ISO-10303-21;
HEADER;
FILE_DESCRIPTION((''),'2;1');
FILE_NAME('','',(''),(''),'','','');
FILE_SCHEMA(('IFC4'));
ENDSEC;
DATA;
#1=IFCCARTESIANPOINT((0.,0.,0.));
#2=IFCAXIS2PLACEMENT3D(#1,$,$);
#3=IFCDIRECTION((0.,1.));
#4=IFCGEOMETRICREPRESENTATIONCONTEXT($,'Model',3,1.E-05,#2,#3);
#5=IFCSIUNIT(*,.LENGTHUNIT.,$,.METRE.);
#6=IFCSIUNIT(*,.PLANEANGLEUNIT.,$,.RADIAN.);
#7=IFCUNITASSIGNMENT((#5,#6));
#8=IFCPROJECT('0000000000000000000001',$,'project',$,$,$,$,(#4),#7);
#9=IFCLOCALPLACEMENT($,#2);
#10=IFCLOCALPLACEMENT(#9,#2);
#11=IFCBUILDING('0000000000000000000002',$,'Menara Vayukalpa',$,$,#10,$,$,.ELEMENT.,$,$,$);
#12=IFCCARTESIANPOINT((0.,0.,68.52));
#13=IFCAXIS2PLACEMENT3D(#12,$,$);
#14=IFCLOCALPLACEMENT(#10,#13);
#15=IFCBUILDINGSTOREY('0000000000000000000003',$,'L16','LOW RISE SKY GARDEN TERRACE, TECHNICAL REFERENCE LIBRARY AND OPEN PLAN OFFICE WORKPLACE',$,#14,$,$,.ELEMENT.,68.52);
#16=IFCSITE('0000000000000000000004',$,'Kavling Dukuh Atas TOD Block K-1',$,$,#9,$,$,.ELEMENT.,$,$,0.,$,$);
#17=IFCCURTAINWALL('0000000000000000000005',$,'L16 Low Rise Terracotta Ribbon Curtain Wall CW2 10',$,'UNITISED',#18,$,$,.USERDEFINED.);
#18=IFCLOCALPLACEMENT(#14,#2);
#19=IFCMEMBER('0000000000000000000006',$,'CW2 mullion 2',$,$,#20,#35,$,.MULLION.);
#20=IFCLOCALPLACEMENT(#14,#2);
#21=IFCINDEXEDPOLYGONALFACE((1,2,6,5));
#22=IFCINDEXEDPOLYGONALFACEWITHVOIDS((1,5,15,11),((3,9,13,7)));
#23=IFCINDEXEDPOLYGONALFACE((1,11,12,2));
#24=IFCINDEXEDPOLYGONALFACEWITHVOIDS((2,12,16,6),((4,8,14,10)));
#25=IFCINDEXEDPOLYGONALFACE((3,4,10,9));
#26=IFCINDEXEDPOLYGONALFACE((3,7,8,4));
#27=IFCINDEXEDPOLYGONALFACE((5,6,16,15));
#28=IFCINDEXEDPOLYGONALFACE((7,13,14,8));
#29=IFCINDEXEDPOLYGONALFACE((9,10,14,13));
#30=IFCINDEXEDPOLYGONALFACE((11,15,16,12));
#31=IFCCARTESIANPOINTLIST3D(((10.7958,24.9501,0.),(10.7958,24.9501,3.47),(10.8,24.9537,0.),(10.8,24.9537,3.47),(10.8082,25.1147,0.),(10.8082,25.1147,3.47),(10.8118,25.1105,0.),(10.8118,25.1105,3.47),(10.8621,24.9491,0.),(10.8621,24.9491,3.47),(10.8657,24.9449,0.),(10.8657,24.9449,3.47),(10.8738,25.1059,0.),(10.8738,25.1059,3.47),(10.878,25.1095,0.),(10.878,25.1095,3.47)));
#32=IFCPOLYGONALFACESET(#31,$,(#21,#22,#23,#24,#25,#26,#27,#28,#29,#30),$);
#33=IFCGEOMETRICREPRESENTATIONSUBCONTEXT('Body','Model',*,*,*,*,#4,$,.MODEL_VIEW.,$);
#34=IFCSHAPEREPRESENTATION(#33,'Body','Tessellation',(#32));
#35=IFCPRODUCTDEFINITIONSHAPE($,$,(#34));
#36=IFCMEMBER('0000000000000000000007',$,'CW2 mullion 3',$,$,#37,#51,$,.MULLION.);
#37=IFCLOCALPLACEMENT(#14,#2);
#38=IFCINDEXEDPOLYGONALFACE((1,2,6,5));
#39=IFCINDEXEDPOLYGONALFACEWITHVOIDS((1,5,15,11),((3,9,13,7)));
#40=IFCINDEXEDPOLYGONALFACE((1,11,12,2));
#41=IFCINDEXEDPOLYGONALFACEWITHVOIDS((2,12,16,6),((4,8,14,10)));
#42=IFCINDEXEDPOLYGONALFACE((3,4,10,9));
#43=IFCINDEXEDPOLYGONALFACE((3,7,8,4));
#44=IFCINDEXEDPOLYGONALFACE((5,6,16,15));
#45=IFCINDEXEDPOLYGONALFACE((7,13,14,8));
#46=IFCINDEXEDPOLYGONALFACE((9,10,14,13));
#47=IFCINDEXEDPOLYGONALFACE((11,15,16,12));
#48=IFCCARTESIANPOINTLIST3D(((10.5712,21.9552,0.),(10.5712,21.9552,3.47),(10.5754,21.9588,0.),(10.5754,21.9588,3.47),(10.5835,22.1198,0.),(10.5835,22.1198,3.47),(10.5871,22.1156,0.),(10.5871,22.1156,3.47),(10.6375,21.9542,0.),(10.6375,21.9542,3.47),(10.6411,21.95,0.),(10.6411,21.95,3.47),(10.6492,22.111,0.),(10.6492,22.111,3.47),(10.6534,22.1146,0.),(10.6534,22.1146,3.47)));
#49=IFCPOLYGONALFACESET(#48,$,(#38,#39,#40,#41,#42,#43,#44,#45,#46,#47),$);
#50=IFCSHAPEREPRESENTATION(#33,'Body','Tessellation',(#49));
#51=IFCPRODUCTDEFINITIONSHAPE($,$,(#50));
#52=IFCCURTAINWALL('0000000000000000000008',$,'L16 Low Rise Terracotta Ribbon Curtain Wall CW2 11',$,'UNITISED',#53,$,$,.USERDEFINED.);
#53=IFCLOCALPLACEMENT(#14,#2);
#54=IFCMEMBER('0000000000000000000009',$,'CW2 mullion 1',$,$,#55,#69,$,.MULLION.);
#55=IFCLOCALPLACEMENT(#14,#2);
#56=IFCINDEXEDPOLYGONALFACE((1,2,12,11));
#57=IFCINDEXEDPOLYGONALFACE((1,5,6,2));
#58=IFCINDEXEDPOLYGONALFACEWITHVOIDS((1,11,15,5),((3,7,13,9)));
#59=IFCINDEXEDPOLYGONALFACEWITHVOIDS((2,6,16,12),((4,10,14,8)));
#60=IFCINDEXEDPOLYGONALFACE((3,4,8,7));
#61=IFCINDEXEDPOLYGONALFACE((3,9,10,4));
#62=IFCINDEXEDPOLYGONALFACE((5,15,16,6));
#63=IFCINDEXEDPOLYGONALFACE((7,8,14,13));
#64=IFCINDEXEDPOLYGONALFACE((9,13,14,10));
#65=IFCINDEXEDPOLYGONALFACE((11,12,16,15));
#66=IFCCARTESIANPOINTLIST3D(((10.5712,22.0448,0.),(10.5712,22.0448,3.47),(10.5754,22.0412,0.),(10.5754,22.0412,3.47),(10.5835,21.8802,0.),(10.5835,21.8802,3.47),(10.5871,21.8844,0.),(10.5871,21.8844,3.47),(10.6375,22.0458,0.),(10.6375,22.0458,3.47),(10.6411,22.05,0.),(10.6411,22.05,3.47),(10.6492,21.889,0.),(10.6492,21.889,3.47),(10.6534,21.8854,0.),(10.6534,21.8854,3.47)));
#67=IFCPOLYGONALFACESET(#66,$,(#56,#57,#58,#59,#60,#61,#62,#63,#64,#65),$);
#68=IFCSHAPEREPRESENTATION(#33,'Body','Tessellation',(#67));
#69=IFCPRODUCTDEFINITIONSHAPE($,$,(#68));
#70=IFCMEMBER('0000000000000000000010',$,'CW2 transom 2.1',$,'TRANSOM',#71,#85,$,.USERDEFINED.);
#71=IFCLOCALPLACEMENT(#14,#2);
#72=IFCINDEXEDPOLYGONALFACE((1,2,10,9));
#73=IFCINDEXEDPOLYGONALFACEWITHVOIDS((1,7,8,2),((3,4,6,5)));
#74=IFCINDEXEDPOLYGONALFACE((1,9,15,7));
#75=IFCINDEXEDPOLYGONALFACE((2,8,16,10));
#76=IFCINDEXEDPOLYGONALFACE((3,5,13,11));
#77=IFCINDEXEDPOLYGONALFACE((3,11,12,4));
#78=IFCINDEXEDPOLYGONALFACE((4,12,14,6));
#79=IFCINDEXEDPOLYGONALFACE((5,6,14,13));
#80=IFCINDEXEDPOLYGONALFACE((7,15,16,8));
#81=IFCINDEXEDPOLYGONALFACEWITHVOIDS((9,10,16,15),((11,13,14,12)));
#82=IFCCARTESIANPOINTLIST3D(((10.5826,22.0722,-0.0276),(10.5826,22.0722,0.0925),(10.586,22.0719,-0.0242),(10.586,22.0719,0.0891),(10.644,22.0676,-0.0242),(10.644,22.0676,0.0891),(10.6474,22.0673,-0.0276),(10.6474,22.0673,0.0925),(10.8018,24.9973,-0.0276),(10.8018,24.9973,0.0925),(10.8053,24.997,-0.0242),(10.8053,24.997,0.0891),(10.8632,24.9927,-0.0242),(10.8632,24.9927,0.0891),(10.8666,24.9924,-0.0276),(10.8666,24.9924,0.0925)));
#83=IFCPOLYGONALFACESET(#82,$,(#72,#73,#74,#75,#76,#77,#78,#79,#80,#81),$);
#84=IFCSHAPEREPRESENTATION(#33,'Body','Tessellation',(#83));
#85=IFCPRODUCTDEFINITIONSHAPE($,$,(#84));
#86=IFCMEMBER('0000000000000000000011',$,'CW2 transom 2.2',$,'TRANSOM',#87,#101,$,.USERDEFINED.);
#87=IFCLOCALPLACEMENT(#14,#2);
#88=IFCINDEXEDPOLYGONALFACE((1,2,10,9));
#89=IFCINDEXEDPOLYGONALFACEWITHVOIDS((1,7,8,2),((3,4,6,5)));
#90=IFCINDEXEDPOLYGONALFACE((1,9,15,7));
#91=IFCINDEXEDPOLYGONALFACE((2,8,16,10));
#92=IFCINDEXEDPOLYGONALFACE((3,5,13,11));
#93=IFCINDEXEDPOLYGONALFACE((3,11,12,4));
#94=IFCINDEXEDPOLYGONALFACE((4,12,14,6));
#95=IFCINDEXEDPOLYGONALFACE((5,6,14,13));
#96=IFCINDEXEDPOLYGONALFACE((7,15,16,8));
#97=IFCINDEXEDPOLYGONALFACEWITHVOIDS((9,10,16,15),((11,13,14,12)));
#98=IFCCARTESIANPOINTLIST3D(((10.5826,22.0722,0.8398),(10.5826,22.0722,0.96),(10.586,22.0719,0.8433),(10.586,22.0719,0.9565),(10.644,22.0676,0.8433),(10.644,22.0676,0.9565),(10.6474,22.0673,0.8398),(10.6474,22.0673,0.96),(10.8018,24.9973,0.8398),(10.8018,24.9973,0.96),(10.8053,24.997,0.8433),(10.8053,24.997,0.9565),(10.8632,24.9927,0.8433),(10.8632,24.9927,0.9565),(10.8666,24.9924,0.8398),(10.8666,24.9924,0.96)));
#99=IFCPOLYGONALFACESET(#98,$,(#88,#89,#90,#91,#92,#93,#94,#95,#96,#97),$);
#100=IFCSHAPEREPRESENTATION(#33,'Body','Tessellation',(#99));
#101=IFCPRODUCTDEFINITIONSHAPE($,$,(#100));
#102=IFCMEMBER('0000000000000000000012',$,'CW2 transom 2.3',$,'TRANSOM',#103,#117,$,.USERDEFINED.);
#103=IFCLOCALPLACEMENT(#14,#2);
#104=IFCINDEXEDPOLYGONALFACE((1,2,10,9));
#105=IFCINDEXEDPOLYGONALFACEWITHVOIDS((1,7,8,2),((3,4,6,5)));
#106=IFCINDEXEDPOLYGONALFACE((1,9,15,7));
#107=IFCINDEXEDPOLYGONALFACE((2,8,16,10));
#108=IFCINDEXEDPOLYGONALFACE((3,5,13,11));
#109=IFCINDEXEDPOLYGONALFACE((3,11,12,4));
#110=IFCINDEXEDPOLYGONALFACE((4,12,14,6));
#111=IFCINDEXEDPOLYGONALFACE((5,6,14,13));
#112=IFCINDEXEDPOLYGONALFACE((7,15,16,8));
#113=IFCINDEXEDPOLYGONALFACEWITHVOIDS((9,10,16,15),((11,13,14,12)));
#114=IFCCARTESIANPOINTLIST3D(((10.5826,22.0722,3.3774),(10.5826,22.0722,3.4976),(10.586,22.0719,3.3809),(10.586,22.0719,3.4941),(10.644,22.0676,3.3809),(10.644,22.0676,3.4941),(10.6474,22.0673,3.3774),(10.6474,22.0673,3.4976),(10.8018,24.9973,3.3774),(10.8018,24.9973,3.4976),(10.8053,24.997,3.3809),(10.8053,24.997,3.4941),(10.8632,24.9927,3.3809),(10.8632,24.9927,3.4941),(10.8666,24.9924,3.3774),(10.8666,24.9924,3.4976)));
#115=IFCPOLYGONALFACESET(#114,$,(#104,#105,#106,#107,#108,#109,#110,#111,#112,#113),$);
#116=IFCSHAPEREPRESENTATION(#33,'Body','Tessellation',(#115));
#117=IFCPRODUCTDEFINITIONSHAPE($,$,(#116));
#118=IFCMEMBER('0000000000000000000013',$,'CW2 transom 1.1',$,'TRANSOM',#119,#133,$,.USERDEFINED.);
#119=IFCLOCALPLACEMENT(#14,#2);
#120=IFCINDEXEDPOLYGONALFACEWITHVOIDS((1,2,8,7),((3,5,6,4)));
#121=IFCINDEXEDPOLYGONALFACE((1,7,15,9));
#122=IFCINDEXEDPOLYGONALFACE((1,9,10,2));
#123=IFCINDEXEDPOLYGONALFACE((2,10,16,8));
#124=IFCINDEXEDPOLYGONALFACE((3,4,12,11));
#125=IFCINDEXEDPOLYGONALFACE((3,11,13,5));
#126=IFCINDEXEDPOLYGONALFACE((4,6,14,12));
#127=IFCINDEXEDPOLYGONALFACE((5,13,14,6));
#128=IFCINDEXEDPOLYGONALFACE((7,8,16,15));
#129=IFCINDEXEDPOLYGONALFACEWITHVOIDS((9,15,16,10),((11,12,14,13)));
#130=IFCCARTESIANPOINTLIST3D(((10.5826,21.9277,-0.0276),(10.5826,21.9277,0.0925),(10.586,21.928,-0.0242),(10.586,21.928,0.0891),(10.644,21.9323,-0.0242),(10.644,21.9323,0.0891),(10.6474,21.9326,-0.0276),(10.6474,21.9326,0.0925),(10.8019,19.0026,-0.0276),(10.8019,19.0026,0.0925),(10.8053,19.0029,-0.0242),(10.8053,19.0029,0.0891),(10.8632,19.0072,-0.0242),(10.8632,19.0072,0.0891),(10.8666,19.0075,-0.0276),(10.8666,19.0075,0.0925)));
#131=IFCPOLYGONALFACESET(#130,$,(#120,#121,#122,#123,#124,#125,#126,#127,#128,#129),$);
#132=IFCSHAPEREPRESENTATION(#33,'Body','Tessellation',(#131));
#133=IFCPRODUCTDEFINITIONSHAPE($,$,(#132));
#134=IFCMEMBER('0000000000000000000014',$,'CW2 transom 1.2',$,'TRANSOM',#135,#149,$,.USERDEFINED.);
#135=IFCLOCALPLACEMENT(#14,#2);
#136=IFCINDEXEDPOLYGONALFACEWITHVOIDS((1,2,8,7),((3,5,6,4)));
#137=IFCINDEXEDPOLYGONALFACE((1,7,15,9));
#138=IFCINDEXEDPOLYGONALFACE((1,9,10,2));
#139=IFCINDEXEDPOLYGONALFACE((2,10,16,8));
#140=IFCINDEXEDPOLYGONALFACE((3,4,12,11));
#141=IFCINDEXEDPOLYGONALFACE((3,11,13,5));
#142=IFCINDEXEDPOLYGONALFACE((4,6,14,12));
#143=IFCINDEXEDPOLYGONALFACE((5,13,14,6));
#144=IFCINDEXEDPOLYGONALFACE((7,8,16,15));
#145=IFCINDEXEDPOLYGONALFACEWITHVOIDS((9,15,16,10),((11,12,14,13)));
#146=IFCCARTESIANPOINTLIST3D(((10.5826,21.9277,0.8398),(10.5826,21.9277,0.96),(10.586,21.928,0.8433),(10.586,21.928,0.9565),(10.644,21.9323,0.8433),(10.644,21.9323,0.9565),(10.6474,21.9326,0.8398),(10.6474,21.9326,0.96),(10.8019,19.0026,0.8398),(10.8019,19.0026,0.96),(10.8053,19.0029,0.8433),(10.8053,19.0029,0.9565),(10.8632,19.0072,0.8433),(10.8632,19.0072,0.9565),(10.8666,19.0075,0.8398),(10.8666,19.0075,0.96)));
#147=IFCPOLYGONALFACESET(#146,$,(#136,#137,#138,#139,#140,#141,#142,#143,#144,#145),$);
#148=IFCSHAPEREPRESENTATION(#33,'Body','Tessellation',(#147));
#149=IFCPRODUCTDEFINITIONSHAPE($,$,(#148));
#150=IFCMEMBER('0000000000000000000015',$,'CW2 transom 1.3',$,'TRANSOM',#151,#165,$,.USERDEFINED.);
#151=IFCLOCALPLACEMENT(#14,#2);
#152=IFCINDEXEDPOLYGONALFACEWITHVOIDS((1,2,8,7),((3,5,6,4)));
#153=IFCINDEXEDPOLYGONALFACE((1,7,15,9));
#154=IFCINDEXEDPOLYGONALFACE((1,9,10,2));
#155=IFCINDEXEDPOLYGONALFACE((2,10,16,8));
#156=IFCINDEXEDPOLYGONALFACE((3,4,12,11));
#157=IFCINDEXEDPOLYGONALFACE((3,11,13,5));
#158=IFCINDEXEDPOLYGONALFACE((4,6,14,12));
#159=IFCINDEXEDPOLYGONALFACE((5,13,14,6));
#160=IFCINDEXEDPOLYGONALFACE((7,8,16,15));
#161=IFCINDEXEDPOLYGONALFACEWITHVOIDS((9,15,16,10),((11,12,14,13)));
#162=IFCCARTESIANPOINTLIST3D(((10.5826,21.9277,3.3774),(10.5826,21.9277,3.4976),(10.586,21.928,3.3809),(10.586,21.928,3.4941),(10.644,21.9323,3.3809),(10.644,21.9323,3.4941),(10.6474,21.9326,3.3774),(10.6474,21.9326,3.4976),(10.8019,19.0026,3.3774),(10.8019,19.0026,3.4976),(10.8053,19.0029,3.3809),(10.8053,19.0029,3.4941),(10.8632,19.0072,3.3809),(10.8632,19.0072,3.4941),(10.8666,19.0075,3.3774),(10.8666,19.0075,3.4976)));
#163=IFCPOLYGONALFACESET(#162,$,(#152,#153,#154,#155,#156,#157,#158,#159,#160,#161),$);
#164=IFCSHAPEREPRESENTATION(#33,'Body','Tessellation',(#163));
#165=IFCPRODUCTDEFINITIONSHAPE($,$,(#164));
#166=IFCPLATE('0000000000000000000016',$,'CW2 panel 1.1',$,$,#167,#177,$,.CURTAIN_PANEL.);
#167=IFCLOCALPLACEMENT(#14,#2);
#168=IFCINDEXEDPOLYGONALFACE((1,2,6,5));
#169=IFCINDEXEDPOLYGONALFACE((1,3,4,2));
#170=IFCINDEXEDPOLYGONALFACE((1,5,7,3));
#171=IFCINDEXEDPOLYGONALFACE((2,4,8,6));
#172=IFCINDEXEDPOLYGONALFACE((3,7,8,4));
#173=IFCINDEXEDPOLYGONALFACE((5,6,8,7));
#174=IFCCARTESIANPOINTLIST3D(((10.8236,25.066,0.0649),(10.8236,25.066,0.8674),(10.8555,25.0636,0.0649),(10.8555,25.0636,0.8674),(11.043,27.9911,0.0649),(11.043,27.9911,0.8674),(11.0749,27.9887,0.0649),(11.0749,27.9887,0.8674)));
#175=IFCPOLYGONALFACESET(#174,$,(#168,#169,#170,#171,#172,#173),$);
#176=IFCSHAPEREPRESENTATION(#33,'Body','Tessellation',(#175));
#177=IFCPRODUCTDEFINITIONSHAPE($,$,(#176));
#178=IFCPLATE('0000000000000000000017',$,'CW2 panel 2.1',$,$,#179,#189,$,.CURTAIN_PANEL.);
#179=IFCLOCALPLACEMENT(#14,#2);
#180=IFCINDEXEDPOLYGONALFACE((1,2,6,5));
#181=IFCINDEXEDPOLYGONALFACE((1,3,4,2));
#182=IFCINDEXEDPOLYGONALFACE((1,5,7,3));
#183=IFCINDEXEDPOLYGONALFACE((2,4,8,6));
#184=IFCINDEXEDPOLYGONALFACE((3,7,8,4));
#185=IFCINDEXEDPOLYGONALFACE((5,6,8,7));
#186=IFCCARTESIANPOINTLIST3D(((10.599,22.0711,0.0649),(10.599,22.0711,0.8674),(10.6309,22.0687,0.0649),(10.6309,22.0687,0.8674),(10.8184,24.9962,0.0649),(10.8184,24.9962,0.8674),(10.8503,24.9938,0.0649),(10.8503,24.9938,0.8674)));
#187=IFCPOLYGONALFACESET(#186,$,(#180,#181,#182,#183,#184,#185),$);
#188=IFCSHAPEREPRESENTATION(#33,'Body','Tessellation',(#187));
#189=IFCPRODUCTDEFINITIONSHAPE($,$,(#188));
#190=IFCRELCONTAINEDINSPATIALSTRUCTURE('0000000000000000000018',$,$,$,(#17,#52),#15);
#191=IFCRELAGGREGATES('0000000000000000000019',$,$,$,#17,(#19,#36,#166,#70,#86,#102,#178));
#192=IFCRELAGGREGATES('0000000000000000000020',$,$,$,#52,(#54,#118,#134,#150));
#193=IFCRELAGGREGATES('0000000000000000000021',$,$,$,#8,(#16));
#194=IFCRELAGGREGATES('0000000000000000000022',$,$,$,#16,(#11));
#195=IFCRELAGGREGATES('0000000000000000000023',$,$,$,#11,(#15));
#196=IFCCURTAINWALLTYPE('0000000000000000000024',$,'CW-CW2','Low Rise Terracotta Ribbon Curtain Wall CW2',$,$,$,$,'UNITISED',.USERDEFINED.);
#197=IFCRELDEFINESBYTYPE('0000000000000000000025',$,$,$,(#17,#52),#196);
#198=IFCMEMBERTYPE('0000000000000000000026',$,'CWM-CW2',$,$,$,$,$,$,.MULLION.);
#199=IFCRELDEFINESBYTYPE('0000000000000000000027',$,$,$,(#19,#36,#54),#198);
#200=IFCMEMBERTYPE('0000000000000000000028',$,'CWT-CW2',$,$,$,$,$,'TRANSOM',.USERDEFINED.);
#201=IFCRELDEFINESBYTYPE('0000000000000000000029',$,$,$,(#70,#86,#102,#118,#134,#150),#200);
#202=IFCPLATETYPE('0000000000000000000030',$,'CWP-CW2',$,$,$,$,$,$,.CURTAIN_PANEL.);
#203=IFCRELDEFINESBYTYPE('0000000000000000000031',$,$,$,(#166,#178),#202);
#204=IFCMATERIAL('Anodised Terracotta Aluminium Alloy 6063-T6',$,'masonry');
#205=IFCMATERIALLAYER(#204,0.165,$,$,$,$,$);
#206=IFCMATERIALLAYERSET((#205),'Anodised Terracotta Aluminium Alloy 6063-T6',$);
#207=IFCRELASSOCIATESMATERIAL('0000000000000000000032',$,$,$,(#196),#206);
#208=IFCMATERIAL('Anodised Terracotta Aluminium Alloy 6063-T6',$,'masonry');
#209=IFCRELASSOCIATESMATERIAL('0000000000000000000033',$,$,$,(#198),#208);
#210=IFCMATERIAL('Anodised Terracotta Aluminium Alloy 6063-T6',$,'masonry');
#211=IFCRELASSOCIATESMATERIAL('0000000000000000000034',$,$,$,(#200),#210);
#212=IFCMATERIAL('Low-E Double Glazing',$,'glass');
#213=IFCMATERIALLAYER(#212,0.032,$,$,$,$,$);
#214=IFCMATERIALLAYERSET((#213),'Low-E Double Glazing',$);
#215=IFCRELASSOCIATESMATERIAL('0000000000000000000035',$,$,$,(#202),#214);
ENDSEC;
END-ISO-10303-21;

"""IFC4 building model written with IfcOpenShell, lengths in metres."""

from ifc_helpers import new_model, si_unit, direction, frame, origin, origin_2d, place, context, subcontext, project, spatial, rectangle, hollow_rectangle, extrude, material, layer, layer_set, material_profile, profile_set, type_object, element, aggregate, save


model = new_model("IFC4")

# Units and contexts
model_context = context("Model", 3, precision=1e-05, world=origin(), true_north=direction((0.0, 1.0)))
body_context = subcontext(model_context, "Body", "Model", "MODEL_VIEW")
ifc_project = project(units=[si_unit("LENGTHUNIT", "METRE"), si_unit("PLANEANGLEUNIT", "RADIAN")], contexts=[model_context])

# Site, building, storey
site_placement = place(None, origin())
site = spatial("IfcSite", under=ifc_project, at=site_placement, Name="Kavling Dukuh Atas TOD Block K-1", CompositionType="ELEMENT", RefElevation=0.0)
building_placement = place(site_placement, origin())
building = spatial("IfcBuilding", under=site, at=building_placement, Name="Menara Vayukalpa", CompositionType="ELEMENT")
storey_placement = place(building_placement, frame((0.0, 0.0, 68.52)))
storey = spatial("IfcBuildingStorey", under=building, at=storey_placement, Name="L16", Description="LOW RISE SKY GARDEN TERRACE, TECHNICAL REFERENCE LIBRARY AND OPEN PLAN OFFICE WORKPLACE", CompositionType="ELEMENT", Elevation=68.52)

# Curtain wall, members
ifc_material_1 = material(Name="Anodised Terracotta Aluminium Alloy 6063-T6", Category="masonry")
ifc_layer_1 = layer(ifc_material_1, 0.165)
ifc_layer_set_1 = layer_set([ifc_layer_1], Name="Anodised Terracotta Aluminium Alloy 6063-T6")
curtain_wall_type = type_object("IfcCurtainWallType", Name="CW-CW2", Description="Low Rise Terracotta Ribbon Curtain Wall CW2", ElementType="UNITISED", PredefinedType="USERDEFINED", material=ifc_layer_set_1)
curtain_wall_1_placement = place(storey_placement, origin())
curtain_wall_1 = element("IfcCurtainWall", 1, at=curtain_wall_1_placement, inside=storey, type_object=curtain_wall_type, Name="L16 Low Rise Terracotta Ribbon Curtain Wall CW2 10", ObjectType="UNITISED", PredefinedType="USERDEFINED")
ifc_material_2 = material(Name="Anodised Terracotta Aluminium Alloy 6063-T6", Category="masonry")
ifc_material_profile_1 = material_profile(ifc_material_2, hollow_rectangle(XDim=0.0701, YDim=0.165, WallThickness=0.0039, at=origin_2d()), Name="ALU 70x165x4")
ifc_profile_set_1 = profile_set([ifc_material_profile_1], Name="Anodised Terracotta Aluminium Alloy 6063-T6")
member_type_1 = type_object("IfcMemberType", Name="CWM-CW2", PredefinedType="MULLION", material=ifc_profile_set_1)
member_1_placement = place(storey_placement, frame((10.8369, 25.0298, 0.0), z_axis=(0.0, 0.0, 1.0), x_axis=(0.997199, -0.074795, 0.0)))
member_1 = element("IfcMember", 2, at=member_1_placement, type_object=member_type_1, Name="CW2 mullion 2", PredefinedType="MULLION", context=body_context, shape_type="SweptSolid", body=[
    extrude(hollow_rectangle(XDim=0.0701, YDim=0.165, WallThickness=0.0039, at=origin_2d()), origin(), (0.0, 0.0, 1.0), 3.47),
])
member_2_placement = place(storey_placement, frame((10.6123, 22.0349, 0.0), z_axis=(0.0, 0.0, 1.0), x_axis=(0.997199, -0.074795, 0.0)))
member_2 = element("IfcMember", 3, at=member_2_placement, type_object=member_type_1, Name="CW2 mullion 3", PredefinedType="MULLION", context=body_context, shape_type="SweptSolid", body=[
    extrude(hollow_rectangle(XDim=0.0701, YDim=0.165, WallThickness=0.0039, at=origin_2d()), origin(), (0.0, 0.0, 1.0), 3.47),
])

# Curtain wall, member
curtain_wall_2_placement = place(storey_placement, origin())
curtain_wall_2 = element("IfcCurtainWall", 4, at=curtain_wall_2_placement, inside=storey, type_object=curtain_wall_type, Name="L16 Low Rise Terracotta Ribbon Curtain Wall CW2 11", ObjectType="UNITISED", PredefinedType="USERDEFINED")
member_3_placement = place(storey_placement, frame((10.6123, 21.9651, 0.0), z_axis=(0.0, 0.0, 1.0), x_axis=(0.997199, 0.074795, 0.0)))
member_3 = element("IfcMember", 5, at=member_3_placement, type_object=member_type_1, Name="CW2 mullion 1", PredefinedType="MULLION", context=body_context, shape_type="SweptSolid", body=[
    extrude(hollow_rectangle(XDim=0.0701, YDim=0.165, WallThickness=0.0039, at=origin_2d()), origin(), (0.0, 0.0, 1.0), 3.47),
])

# Members
ifc_material_3 = material(Name="Anodised Terracotta Aluminium Alloy 6063-T6", Category="masonry")
ifc_material_profile_2 = material_profile(ifc_material_3, hollow_rectangle(XDim=0.0649, YDim=0.1201, WallThickness=0.0034, at=origin_2d()), Name="ALU 65x120x3.5")
ifc_profile_set_2 = profile_set([ifc_material_profile_2], Name="Anodised Terracotta Aluminium Alloy 6063-T6")
member_type_2 = type_object("IfcMemberType", Name="CWT-CW2", ElementType="TRANSOM", PredefinedType="USERDEFINED", material=ifc_profile_set_2)
member_4_placement = place(storey_placement, frame((10.8342, 24.9949, 0.0325), z_axis=(-0.074742, -0.997203, 0.0), x_axis=(0.997203, -0.074742, 0.0)))
member_4 = element("IfcMember", 6, at=member_4_placement, type_object=member_type_2, Name="CW2 transom 2.1", ObjectType="TRANSOM", PredefinedType="USERDEFINED", context=body_context, shape_type="SweptSolid", body=[
    extrude(hollow_rectangle(XDim=0.0649, YDim=0.1201, WallThickness=0.0034, at=origin_2d()), origin(), (0.0, 0.0, 1.0), 2.9333),
])
member_5_placement = place(storey_placement, frame((10.8342, 24.9949, 0.8999), z_axis=(-0.074742, -0.997203, 0.0), x_axis=(0.997203, -0.074742, 0.0)))
member_5 = element("IfcMember", 7, at=member_5_placement, type_object=member_type_2, Name="CW2 transom 2.2", ObjectType="TRANSOM", PredefinedType="USERDEFINED", context=body_context, shape_type="SweptSolid", body=[
    extrude(hollow_rectangle(XDim=0.0649, YDim=0.1201, WallThickness=0.0034, at=origin_2d()), origin(), (0.0, 0.0, 1.0), 2.9333),
])
member_6_placement = place(storey_placement, frame((10.8342, 24.9949, 3.4375), z_axis=(-0.074742, -0.997203, 0.0), x_axis=(0.997203, -0.074742, 0.0)))
member_6 = element("IfcMember", 8, at=member_6_placement, type_object=member_type_2, Name="CW2 transom 2.3", ObjectType="TRANSOM", PredefinedType="USERDEFINED", context=body_context, shape_type="SweptSolid", body=[
    extrude(hollow_rectangle(XDim=0.0649, YDim=0.1201, WallThickness=0.0034, at=origin_2d()), origin(), (0.0, 0.0, 1.0), 2.9333),
])
member_7_placement = place(storey_placement, frame((10.615, 21.9302, 0.0325), z_axis=(0.074742, -0.997203, 0.0), x_axis=(0.997203, 0.074742, 0.0)))
member_7 = element("IfcMember", 9, at=member_7_placement, type_object=member_type_2, Name="CW2 transom 1.1", ObjectType="TRANSOM", PredefinedType="USERDEFINED", context=body_context, shape_type="SweptSolid", body=[
    extrude(hollow_rectangle(XDim=0.0649, YDim=0.1201, WallThickness=0.0034, at=origin_2d()), origin(), (0.0, 0.0, 1.0), 2.9333),
])
member_8_placement = place(storey_placement, frame((10.615, 21.9302, 0.8999), z_axis=(0.074742, -0.997203, 0.0), x_axis=(0.997203, 0.074742, 0.0)))
member_8 = element("IfcMember", 10, at=member_8_placement, type_object=member_type_2, Name="CW2 transom 1.2", ObjectType="TRANSOM", PredefinedType="USERDEFINED", context=body_context, shape_type="SweptSolid", body=[
    extrude(hollow_rectangle(XDim=0.0649, YDim=0.1201, WallThickness=0.0034, at=origin_2d()), origin(), (0.0, 0.0, 1.0), 2.9333),
])
member_9_placement = place(storey_placement, frame((10.615, 21.9302, 3.4375), z_axis=(0.074742, -0.997203, 0.0), x_axis=(0.997203, 0.074742, 0.0)))
member_9 = element("IfcMember", 11, at=member_9_placement, type_object=member_type_2, Name="CW2 transom 1.3", ObjectType="TRANSOM", PredefinedType="USERDEFINED", context=body_context, shape_type="SweptSolid", body=[
    extrude(hollow_rectangle(XDim=0.0649, YDim=0.1201, WallThickness=0.0034, at=origin_2d()), origin(), (0.0, 0.0, 1.0), 2.9333),
])

# Plates
ifc_material_4 = material(Name="Low-E Double Glazing", Category="glass")
ifc_layer_2 = layer(ifc_material_4, 0.032)
ifc_layer_set_2 = layer_set([ifc_layer_2], Name="Low-E Double Glazing")
plate_type = type_object("IfcPlateType", Name="CWP-CW2", PredefinedType="CURTAIN_PANEL", material=ifc_layer_set_2)
plate_1_placement = place(storey_placement, frame((10.9492, 26.5273, 0.0649), z_axis=(0.0, 0.0, 1.0), x_axis=(-0.074795, -0.997199, 0.0)))
plate_1 = element("IfcPlate", 12, at=plate_1_placement, type_object=plate_type, Name="CW2 panel 1.1", PredefinedType="CURTAIN_PANEL", context=body_context, shape_type="SweptSolid", body=[
    extrude(rectangle(XDim=2.9333, YDim=0.032, at=origin_2d()), origin(), (0.0, 0.0, 1.0), 0.8025),
])
plate_2_placement = place(storey_placement, frame((10.7246, 23.5325, 0.0649), z_axis=(0.0, 0.0, 1.0), x_axis=(-0.074795, -0.997199, 0.0)))
plate_2 = element("IfcPlate", 13, at=plate_2_placement, type_object=plate_type, Name="CW2 panel 2.1", PredefinedType="CURTAIN_PANEL", context=body_context, shape_type="SweptSolid", body=[
    extrude(rectangle(XDim=2.9333, YDim=0.032, at=origin_2d()), origin(), (0.0, 0.0, 1.0), 0.8025),
])
aggregate(curtain_wall_1, [member_1, member_2, plate_1, member_4, member_5, member_6, plate_2])
aggregate(curtain_wall_2, [member_3, member_7, member_8, member_9])

save(model, "model.ifc")
